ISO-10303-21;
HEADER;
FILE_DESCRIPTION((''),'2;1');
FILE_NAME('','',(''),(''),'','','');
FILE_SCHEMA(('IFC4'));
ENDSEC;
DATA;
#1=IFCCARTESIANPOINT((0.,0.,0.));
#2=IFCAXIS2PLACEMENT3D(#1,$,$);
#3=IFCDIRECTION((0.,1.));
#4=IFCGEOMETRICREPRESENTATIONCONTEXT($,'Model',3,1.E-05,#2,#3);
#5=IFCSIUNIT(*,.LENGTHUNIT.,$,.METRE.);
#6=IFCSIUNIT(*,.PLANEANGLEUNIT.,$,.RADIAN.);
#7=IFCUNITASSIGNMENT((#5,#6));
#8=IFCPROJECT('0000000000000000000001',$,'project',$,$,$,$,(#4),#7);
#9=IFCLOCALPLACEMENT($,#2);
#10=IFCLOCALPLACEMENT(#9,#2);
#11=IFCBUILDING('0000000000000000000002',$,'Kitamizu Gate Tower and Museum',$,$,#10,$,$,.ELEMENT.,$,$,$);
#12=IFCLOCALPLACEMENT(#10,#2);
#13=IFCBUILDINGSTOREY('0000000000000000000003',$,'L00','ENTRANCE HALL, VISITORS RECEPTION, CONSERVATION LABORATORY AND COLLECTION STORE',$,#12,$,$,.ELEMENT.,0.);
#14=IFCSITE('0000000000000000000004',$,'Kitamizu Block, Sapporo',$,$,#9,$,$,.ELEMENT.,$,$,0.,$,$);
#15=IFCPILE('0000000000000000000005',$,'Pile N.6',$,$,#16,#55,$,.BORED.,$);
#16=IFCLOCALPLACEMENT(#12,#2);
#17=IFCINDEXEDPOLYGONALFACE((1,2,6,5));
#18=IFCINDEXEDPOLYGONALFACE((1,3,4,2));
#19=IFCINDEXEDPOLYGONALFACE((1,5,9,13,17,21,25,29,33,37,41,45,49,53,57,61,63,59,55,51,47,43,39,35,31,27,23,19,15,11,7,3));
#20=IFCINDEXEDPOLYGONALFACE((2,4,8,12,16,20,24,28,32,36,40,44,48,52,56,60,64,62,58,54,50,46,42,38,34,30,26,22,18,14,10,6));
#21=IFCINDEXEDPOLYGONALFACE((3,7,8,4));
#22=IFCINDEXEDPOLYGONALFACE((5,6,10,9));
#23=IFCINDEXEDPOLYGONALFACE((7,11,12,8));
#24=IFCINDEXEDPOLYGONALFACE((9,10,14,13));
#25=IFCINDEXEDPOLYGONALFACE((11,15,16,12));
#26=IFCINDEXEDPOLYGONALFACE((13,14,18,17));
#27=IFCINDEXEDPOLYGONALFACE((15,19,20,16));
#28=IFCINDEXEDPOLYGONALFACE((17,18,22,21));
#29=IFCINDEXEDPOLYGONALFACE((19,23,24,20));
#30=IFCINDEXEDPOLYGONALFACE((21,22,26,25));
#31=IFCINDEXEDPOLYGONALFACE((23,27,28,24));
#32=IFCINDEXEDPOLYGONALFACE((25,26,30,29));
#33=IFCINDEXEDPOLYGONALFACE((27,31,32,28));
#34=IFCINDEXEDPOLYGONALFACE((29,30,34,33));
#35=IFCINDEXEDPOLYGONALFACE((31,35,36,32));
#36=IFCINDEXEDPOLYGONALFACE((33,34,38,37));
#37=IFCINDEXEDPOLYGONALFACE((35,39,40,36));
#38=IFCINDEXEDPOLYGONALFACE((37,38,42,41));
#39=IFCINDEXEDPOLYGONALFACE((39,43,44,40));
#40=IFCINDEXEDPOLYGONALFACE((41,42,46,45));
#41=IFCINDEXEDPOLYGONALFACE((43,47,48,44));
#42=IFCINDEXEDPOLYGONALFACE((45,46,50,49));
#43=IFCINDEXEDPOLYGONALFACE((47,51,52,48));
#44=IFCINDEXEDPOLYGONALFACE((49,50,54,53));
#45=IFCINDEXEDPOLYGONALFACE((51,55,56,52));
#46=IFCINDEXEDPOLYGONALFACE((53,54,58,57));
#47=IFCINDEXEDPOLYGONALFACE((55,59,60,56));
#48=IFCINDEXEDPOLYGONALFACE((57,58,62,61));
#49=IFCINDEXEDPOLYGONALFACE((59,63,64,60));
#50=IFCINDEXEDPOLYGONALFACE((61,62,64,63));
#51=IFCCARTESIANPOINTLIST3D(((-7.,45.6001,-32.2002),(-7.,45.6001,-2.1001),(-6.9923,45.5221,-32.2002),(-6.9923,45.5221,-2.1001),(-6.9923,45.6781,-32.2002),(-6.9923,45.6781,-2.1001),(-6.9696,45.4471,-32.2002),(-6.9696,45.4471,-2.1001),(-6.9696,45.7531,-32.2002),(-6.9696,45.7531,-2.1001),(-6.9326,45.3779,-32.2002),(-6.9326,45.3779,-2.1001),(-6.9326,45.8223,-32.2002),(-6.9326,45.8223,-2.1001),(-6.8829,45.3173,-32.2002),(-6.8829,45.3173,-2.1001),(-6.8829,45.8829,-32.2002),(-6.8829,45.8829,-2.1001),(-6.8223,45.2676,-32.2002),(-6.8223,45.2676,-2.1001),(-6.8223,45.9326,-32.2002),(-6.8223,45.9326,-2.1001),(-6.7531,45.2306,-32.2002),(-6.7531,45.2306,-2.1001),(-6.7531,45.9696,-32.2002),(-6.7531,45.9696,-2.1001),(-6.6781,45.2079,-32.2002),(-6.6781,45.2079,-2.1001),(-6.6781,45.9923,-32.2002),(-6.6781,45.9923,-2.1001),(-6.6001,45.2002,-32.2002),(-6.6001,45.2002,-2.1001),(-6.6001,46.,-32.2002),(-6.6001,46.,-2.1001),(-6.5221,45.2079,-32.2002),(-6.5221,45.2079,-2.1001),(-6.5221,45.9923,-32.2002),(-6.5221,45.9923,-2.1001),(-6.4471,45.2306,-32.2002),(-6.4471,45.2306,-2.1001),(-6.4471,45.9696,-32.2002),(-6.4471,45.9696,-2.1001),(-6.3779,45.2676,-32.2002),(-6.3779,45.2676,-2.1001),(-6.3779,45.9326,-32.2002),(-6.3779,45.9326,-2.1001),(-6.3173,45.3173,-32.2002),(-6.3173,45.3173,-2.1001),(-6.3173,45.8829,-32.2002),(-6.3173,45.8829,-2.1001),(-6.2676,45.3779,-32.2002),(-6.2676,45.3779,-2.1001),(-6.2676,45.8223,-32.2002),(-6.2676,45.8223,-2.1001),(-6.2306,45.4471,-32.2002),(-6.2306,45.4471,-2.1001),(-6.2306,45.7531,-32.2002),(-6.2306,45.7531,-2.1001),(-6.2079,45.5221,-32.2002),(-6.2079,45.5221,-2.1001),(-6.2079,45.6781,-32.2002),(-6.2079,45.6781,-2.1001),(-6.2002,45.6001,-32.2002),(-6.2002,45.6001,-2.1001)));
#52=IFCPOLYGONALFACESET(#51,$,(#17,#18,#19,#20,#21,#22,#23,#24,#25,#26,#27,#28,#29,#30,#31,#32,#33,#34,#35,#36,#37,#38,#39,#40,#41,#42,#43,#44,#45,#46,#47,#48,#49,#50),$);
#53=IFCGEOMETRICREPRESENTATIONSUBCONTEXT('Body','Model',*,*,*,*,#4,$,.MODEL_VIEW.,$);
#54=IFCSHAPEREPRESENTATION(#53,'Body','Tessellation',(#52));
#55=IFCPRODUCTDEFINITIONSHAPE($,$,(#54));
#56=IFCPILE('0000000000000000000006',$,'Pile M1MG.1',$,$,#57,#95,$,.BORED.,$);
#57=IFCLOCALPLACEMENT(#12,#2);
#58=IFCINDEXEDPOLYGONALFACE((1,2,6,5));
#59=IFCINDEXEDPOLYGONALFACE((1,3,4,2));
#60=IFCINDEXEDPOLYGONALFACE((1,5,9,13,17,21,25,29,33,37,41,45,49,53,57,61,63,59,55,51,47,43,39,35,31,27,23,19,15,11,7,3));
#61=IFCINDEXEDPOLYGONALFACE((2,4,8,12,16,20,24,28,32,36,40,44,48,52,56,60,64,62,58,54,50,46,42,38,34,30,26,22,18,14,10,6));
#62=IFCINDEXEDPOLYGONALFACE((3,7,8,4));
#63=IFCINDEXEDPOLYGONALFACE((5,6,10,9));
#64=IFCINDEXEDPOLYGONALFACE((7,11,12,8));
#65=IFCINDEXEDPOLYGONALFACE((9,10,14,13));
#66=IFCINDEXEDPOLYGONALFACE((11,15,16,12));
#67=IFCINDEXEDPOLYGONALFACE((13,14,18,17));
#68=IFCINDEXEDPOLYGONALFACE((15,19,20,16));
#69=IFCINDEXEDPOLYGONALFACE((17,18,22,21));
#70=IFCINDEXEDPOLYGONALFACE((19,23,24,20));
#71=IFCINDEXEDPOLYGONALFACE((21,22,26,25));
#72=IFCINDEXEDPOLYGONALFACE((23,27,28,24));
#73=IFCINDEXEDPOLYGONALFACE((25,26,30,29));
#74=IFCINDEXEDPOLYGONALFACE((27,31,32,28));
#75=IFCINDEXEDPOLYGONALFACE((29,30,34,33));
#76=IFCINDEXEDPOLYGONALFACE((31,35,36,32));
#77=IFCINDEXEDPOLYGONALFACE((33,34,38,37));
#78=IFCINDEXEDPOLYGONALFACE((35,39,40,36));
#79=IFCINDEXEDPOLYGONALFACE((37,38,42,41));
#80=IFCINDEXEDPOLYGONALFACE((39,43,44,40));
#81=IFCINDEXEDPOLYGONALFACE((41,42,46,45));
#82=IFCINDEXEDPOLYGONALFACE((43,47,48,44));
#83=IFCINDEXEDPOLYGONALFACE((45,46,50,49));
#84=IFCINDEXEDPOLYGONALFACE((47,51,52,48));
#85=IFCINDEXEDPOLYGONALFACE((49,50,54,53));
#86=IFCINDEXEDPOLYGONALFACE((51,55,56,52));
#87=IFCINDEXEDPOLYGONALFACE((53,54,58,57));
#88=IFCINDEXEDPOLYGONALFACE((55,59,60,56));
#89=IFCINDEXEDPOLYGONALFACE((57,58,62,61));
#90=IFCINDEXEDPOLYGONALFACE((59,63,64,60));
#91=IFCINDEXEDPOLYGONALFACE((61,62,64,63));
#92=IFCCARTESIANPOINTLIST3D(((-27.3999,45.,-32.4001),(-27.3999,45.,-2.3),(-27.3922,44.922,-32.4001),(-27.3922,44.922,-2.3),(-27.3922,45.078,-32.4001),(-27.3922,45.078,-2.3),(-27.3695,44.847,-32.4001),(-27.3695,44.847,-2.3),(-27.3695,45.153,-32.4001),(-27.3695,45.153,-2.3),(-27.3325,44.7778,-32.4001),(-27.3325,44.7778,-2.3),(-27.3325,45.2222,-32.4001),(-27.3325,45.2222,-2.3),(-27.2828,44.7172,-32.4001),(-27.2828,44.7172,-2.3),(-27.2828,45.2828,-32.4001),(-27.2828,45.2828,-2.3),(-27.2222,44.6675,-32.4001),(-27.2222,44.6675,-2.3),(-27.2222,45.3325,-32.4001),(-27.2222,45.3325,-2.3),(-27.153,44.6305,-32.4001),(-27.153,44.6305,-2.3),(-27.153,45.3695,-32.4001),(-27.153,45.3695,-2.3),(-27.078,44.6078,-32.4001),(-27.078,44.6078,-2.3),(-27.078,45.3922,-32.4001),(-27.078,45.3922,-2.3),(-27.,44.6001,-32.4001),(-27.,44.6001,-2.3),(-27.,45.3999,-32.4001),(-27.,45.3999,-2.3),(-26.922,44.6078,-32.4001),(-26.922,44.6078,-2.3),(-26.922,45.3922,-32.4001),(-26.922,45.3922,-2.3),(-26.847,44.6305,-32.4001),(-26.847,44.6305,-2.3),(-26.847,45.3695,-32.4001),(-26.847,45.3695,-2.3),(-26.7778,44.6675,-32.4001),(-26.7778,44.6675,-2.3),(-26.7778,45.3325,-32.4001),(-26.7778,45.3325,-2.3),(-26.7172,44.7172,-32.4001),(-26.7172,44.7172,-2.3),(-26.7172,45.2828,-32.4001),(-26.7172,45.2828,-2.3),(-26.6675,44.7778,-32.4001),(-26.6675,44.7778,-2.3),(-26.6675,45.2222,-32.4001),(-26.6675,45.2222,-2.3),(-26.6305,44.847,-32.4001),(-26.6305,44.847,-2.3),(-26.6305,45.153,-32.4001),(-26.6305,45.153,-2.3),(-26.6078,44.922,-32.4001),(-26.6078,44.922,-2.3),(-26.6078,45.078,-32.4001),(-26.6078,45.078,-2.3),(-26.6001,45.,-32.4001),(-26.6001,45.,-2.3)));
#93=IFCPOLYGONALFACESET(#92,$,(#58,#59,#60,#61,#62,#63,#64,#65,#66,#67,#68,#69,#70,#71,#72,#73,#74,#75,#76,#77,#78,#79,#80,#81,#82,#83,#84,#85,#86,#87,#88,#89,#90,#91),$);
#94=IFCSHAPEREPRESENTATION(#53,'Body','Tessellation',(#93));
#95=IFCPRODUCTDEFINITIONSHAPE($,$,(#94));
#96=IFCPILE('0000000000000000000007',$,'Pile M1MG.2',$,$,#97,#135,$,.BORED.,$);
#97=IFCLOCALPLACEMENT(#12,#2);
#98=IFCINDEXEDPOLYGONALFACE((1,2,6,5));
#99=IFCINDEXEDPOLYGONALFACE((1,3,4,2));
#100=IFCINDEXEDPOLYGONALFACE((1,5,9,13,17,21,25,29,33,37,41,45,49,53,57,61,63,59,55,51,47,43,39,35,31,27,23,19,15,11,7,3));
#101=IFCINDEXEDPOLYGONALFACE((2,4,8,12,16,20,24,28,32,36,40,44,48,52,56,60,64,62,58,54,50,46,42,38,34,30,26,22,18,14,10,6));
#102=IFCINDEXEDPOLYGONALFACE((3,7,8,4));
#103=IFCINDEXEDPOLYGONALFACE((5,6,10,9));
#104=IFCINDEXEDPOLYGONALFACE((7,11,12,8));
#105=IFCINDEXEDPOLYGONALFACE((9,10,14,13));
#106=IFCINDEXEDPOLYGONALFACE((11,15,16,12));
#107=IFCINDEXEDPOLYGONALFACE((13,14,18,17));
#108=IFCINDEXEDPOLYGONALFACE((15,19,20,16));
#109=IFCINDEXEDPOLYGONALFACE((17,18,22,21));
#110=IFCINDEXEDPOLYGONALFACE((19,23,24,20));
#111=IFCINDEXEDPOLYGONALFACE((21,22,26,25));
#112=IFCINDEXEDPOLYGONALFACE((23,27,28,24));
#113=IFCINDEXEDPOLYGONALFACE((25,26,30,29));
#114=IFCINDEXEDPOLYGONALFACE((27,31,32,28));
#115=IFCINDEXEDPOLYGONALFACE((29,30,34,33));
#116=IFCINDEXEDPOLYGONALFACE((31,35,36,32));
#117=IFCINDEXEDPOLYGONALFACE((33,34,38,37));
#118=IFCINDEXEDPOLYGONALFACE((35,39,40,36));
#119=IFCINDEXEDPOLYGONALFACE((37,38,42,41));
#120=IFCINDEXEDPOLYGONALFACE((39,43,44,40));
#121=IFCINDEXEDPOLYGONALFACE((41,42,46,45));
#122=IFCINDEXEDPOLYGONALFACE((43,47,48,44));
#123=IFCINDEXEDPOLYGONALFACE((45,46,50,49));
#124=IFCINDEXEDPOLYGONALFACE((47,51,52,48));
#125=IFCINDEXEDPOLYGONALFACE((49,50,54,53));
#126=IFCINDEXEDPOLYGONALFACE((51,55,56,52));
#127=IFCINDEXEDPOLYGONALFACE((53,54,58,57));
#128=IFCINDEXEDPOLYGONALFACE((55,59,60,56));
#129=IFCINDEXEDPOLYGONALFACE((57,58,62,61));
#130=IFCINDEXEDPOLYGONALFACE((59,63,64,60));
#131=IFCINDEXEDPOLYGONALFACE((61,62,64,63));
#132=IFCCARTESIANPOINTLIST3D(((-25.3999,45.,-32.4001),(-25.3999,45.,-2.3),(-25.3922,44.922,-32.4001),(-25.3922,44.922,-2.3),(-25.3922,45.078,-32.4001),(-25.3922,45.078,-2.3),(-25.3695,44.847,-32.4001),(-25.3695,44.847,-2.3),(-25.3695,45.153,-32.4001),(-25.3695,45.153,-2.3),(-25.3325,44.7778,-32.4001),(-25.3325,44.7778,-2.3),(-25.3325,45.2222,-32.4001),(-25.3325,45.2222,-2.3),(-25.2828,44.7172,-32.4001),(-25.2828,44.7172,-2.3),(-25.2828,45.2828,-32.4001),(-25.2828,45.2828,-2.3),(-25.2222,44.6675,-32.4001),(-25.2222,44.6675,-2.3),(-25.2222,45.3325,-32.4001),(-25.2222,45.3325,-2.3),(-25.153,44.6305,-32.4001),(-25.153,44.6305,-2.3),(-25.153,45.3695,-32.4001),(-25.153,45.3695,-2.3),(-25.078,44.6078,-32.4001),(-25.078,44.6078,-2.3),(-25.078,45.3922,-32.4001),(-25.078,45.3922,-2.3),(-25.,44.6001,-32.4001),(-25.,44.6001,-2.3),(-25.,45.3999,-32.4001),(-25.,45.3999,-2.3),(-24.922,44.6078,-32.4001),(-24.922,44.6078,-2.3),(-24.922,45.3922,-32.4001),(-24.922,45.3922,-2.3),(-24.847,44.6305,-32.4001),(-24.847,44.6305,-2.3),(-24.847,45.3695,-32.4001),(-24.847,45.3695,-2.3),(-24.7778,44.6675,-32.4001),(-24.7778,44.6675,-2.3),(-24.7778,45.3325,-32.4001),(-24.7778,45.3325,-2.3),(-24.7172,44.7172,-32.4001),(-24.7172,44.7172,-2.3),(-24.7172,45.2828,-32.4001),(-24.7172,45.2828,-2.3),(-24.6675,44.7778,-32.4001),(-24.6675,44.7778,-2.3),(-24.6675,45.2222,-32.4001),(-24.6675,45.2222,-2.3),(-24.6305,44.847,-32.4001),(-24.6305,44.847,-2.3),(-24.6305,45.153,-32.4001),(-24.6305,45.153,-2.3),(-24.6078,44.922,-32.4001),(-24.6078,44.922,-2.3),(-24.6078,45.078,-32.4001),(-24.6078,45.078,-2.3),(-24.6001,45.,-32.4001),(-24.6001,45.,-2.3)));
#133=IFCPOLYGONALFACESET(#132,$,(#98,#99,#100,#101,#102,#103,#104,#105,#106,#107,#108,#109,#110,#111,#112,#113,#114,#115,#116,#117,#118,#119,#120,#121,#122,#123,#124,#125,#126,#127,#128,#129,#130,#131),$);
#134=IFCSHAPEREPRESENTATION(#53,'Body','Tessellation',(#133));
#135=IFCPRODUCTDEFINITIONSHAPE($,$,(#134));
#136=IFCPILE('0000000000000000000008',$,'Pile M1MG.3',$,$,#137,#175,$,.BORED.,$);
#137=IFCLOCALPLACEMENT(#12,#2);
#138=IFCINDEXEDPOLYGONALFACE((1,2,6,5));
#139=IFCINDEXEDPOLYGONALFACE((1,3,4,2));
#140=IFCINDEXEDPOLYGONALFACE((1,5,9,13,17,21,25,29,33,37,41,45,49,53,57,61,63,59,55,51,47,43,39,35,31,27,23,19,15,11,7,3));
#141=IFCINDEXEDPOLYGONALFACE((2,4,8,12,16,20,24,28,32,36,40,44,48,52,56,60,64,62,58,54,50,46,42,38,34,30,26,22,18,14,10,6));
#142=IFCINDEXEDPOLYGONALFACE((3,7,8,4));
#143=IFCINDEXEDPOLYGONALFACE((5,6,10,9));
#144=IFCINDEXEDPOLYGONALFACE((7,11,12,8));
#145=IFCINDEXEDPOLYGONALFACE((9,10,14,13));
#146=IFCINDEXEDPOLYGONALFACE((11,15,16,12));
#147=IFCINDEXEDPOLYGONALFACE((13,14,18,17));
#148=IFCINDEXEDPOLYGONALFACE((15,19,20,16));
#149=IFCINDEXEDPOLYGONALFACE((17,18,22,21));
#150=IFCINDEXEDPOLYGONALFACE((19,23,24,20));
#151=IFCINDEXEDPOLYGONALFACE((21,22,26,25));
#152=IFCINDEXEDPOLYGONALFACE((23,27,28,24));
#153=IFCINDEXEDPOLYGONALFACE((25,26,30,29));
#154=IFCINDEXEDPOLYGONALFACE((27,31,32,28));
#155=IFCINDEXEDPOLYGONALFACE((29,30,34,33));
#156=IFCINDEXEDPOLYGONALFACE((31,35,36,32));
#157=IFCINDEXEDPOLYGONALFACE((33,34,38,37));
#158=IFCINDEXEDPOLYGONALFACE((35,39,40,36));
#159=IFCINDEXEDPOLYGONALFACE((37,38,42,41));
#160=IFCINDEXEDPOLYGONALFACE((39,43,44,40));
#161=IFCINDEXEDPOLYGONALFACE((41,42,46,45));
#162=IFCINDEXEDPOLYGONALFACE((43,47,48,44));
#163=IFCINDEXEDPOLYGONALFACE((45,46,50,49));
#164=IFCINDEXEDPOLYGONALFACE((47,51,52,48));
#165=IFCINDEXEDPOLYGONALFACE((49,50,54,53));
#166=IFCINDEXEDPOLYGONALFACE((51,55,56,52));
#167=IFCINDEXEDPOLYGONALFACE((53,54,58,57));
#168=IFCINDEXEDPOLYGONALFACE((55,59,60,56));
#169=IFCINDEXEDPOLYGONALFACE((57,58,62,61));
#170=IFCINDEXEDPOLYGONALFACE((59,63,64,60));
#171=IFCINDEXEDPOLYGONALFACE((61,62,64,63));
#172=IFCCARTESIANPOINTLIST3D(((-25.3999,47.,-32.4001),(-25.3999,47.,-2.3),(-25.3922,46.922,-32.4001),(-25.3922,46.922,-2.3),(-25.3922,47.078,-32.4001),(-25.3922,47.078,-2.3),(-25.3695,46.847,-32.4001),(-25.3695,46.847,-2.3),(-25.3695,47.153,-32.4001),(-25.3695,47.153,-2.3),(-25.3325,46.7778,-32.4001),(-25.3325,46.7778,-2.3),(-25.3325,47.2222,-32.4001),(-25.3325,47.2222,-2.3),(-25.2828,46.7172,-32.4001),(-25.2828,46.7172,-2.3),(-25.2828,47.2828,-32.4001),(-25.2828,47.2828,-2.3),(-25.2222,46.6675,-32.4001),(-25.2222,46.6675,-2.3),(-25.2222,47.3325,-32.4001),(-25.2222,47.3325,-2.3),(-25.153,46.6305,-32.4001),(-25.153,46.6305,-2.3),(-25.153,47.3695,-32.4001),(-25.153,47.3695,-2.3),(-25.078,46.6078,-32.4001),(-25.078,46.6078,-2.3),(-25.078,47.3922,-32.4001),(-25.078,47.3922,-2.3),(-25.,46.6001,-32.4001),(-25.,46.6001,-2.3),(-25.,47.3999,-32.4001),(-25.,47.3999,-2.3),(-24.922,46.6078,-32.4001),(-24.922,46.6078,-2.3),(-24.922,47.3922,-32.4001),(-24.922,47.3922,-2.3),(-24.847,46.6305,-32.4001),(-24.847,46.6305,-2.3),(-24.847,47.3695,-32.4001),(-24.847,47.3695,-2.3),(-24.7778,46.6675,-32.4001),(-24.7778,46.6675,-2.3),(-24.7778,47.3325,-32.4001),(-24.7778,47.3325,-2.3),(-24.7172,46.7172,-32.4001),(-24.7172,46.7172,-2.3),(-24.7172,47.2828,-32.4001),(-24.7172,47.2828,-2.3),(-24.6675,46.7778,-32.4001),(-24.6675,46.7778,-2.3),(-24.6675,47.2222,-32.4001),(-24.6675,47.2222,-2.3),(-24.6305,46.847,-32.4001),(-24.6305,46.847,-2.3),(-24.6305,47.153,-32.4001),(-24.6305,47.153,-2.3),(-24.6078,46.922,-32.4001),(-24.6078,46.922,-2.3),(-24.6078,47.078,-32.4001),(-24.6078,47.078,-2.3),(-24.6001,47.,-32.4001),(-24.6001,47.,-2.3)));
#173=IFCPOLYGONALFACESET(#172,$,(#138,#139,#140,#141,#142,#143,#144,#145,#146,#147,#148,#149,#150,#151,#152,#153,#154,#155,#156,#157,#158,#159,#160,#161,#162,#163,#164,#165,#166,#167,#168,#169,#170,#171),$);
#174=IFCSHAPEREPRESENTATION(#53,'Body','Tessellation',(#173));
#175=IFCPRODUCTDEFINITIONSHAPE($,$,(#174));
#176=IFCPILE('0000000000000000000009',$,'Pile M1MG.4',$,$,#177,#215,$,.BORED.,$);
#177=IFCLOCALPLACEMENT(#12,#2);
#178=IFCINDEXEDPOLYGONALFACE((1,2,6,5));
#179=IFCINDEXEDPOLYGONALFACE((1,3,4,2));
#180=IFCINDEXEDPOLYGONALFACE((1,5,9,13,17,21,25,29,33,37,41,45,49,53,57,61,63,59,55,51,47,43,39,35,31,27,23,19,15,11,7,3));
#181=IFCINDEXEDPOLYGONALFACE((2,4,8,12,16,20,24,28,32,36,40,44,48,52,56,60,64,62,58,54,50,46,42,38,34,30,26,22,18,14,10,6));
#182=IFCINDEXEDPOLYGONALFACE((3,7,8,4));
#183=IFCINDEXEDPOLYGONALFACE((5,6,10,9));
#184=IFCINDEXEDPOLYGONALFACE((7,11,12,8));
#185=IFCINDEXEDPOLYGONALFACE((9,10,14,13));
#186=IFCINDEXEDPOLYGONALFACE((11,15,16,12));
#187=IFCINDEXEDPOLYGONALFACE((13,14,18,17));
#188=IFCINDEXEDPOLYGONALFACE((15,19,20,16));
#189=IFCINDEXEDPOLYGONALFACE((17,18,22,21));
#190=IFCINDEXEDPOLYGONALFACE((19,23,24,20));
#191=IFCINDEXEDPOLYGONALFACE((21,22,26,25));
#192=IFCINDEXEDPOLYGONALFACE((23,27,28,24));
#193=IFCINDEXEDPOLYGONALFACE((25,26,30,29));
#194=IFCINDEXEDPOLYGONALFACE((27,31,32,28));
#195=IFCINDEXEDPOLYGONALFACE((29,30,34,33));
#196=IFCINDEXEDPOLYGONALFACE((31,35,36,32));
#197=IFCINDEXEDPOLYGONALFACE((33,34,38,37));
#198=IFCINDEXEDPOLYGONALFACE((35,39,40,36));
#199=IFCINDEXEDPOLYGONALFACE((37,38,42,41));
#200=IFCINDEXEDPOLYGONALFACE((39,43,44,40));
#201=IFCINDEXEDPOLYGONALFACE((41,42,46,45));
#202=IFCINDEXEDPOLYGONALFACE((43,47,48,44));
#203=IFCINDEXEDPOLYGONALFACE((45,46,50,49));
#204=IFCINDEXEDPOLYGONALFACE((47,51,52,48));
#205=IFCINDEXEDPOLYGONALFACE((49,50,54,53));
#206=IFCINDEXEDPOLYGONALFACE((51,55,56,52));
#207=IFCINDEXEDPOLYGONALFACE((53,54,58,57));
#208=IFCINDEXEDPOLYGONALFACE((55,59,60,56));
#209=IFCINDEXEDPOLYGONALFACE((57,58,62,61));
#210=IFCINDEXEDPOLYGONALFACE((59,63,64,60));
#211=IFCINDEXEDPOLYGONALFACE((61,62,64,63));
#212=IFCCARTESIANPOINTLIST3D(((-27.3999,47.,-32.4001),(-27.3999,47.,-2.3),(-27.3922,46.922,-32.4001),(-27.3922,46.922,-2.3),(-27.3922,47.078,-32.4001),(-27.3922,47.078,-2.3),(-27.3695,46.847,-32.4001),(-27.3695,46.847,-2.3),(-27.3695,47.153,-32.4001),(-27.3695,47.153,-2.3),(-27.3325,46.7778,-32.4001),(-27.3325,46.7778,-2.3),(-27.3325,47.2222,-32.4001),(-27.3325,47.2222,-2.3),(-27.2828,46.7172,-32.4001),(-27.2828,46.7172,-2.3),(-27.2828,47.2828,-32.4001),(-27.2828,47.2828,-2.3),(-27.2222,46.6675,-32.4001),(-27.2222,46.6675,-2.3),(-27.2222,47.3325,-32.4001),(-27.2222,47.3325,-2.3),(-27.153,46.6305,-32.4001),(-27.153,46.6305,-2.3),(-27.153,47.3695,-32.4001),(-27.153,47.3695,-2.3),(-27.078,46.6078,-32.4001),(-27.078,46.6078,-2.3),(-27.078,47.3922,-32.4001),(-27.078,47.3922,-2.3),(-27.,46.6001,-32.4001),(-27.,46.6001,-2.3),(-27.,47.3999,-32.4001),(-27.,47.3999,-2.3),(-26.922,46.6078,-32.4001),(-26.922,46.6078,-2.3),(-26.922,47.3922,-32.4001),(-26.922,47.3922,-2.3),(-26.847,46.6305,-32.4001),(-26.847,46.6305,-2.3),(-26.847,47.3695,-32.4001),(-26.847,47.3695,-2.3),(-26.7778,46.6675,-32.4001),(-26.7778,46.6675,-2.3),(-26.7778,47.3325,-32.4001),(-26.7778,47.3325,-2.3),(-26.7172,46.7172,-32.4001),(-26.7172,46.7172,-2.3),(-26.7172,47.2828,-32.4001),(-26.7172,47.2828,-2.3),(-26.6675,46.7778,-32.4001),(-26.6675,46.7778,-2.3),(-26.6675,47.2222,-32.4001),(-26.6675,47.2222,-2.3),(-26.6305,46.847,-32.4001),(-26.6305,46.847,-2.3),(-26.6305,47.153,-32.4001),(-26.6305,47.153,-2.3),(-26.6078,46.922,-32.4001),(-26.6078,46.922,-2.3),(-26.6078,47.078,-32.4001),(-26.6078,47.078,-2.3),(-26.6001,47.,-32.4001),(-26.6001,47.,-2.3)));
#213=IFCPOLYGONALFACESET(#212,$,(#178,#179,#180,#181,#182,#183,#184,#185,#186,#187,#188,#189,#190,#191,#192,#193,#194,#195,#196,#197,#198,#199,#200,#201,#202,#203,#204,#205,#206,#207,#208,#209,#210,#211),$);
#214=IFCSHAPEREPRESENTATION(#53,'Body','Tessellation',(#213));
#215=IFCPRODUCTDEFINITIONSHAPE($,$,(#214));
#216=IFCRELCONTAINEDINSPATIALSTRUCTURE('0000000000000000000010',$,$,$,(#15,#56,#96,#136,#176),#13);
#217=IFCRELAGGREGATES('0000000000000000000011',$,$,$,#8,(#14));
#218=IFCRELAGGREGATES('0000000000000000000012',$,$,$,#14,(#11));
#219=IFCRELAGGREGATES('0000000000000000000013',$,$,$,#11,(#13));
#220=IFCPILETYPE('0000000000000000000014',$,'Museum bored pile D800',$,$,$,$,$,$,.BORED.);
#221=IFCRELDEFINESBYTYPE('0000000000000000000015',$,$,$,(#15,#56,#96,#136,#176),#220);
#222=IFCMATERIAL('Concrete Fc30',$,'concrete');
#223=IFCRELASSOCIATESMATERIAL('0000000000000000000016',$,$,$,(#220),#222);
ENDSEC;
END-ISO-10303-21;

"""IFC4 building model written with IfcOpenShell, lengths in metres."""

from ifc_helpers import new_model, si_unit, direction, frame, origin, origin_2d, place, context, subcontext, project, spatial, circle, extrude, material, material_profile, profile_set, type_object, element, save


model = new_model("IFC4")

# Units and contexts
model_context = context("Model", 3, precision=1e-05, world=origin(), true_north=direction((0.0, 1.0)))
body_context = subcontext(model_context, "Body", "Model", "MODEL_VIEW")
ifc_project = project(units=[si_unit("LENGTHUNIT", "METRE"), si_unit("PLANEANGLEUNIT", "RADIAN")], contexts=[model_context])

# Site, building, storey
site_placement = place(None, origin())
site = spatial("IfcSite", under=ifc_project, at=site_placement, Name="Kitamizu Block, Sapporo", CompositionType="ELEMENT", RefElevation=0.0)
building_placement = place(site_placement, origin())
building = spatial("IfcBuilding", under=site, at=building_placement, Name="Kitamizu Gate Tower and Museum", CompositionType="ELEMENT")
storey_placement = place(building_placement, origin())
storey = spatial("IfcBuildingStorey", under=building, at=storey_placement, Name="L00", Description="ENTRANCE HALL, VISITORS RECEPTION, CONSERVATION LABORATORY AND COLLECTION STORE", CompositionType="ELEMENT", Elevation=0.0)

# Piles
ifc_material_1 = material(Name="Concrete Fc30", Category="concrete")
ifc_material_profile_1 = material_profile(ifc_material_1, circle(Radius=0.3999, at=origin_2d()), Name="D800")
ifc_profile_set_1 = profile_set([ifc_material_profile_1], Name="Concrete Fc30")
pile_type = type_object("IfcPileType", Name="Museum bored pile D800", PredefinedType="BORED", material=ifc_profile_set_1)
for number, where, z_axis, x_axis, name in (
    (1, (-6.6001, 45.6001, -2.1001), (0.0, 0.0, -1.0), (1.0, 0.0, 0.0), "Pile N.6"),
    (2, (-27.0, 45.0, -2.3), (0.0, 0.0, -1.0), (1.0, 0.0, 0.0), "Pile M1MG.1"),
    (3, (-25.0, 45.0, -2.3), (0.0, 0.0, -1.0), (1.0, 0.0, 0.0), "Pile M1MG.2"),
    (4, (-25.0, 47.0, -2.3), (0.0, 0.0, -1.0), (1.0, 0.0, 0.0), "Pile M1MG.3"),
    (5, (-27.0, 47.0, -2.3), (0.0, 0.0, -1.0), (1.0, 0.0, 0.0), "Pile M1MG.4"),
):
    element("IfcPile", number, at=place(storey_placement, frame(where, z_axis=z_axis, x_axis=x_axis)), inside=storey, type_object=pile_type, Name=name, PredefinedType="BORED", context=body_context, shape_type="SweptSolid", body=[
        extrude(circle(Radius=0.3999, at=origin_2d()), origin(), (0.0, 0.0, 1.0), 30.1001),
    ])

save(model, "model.ifc")
